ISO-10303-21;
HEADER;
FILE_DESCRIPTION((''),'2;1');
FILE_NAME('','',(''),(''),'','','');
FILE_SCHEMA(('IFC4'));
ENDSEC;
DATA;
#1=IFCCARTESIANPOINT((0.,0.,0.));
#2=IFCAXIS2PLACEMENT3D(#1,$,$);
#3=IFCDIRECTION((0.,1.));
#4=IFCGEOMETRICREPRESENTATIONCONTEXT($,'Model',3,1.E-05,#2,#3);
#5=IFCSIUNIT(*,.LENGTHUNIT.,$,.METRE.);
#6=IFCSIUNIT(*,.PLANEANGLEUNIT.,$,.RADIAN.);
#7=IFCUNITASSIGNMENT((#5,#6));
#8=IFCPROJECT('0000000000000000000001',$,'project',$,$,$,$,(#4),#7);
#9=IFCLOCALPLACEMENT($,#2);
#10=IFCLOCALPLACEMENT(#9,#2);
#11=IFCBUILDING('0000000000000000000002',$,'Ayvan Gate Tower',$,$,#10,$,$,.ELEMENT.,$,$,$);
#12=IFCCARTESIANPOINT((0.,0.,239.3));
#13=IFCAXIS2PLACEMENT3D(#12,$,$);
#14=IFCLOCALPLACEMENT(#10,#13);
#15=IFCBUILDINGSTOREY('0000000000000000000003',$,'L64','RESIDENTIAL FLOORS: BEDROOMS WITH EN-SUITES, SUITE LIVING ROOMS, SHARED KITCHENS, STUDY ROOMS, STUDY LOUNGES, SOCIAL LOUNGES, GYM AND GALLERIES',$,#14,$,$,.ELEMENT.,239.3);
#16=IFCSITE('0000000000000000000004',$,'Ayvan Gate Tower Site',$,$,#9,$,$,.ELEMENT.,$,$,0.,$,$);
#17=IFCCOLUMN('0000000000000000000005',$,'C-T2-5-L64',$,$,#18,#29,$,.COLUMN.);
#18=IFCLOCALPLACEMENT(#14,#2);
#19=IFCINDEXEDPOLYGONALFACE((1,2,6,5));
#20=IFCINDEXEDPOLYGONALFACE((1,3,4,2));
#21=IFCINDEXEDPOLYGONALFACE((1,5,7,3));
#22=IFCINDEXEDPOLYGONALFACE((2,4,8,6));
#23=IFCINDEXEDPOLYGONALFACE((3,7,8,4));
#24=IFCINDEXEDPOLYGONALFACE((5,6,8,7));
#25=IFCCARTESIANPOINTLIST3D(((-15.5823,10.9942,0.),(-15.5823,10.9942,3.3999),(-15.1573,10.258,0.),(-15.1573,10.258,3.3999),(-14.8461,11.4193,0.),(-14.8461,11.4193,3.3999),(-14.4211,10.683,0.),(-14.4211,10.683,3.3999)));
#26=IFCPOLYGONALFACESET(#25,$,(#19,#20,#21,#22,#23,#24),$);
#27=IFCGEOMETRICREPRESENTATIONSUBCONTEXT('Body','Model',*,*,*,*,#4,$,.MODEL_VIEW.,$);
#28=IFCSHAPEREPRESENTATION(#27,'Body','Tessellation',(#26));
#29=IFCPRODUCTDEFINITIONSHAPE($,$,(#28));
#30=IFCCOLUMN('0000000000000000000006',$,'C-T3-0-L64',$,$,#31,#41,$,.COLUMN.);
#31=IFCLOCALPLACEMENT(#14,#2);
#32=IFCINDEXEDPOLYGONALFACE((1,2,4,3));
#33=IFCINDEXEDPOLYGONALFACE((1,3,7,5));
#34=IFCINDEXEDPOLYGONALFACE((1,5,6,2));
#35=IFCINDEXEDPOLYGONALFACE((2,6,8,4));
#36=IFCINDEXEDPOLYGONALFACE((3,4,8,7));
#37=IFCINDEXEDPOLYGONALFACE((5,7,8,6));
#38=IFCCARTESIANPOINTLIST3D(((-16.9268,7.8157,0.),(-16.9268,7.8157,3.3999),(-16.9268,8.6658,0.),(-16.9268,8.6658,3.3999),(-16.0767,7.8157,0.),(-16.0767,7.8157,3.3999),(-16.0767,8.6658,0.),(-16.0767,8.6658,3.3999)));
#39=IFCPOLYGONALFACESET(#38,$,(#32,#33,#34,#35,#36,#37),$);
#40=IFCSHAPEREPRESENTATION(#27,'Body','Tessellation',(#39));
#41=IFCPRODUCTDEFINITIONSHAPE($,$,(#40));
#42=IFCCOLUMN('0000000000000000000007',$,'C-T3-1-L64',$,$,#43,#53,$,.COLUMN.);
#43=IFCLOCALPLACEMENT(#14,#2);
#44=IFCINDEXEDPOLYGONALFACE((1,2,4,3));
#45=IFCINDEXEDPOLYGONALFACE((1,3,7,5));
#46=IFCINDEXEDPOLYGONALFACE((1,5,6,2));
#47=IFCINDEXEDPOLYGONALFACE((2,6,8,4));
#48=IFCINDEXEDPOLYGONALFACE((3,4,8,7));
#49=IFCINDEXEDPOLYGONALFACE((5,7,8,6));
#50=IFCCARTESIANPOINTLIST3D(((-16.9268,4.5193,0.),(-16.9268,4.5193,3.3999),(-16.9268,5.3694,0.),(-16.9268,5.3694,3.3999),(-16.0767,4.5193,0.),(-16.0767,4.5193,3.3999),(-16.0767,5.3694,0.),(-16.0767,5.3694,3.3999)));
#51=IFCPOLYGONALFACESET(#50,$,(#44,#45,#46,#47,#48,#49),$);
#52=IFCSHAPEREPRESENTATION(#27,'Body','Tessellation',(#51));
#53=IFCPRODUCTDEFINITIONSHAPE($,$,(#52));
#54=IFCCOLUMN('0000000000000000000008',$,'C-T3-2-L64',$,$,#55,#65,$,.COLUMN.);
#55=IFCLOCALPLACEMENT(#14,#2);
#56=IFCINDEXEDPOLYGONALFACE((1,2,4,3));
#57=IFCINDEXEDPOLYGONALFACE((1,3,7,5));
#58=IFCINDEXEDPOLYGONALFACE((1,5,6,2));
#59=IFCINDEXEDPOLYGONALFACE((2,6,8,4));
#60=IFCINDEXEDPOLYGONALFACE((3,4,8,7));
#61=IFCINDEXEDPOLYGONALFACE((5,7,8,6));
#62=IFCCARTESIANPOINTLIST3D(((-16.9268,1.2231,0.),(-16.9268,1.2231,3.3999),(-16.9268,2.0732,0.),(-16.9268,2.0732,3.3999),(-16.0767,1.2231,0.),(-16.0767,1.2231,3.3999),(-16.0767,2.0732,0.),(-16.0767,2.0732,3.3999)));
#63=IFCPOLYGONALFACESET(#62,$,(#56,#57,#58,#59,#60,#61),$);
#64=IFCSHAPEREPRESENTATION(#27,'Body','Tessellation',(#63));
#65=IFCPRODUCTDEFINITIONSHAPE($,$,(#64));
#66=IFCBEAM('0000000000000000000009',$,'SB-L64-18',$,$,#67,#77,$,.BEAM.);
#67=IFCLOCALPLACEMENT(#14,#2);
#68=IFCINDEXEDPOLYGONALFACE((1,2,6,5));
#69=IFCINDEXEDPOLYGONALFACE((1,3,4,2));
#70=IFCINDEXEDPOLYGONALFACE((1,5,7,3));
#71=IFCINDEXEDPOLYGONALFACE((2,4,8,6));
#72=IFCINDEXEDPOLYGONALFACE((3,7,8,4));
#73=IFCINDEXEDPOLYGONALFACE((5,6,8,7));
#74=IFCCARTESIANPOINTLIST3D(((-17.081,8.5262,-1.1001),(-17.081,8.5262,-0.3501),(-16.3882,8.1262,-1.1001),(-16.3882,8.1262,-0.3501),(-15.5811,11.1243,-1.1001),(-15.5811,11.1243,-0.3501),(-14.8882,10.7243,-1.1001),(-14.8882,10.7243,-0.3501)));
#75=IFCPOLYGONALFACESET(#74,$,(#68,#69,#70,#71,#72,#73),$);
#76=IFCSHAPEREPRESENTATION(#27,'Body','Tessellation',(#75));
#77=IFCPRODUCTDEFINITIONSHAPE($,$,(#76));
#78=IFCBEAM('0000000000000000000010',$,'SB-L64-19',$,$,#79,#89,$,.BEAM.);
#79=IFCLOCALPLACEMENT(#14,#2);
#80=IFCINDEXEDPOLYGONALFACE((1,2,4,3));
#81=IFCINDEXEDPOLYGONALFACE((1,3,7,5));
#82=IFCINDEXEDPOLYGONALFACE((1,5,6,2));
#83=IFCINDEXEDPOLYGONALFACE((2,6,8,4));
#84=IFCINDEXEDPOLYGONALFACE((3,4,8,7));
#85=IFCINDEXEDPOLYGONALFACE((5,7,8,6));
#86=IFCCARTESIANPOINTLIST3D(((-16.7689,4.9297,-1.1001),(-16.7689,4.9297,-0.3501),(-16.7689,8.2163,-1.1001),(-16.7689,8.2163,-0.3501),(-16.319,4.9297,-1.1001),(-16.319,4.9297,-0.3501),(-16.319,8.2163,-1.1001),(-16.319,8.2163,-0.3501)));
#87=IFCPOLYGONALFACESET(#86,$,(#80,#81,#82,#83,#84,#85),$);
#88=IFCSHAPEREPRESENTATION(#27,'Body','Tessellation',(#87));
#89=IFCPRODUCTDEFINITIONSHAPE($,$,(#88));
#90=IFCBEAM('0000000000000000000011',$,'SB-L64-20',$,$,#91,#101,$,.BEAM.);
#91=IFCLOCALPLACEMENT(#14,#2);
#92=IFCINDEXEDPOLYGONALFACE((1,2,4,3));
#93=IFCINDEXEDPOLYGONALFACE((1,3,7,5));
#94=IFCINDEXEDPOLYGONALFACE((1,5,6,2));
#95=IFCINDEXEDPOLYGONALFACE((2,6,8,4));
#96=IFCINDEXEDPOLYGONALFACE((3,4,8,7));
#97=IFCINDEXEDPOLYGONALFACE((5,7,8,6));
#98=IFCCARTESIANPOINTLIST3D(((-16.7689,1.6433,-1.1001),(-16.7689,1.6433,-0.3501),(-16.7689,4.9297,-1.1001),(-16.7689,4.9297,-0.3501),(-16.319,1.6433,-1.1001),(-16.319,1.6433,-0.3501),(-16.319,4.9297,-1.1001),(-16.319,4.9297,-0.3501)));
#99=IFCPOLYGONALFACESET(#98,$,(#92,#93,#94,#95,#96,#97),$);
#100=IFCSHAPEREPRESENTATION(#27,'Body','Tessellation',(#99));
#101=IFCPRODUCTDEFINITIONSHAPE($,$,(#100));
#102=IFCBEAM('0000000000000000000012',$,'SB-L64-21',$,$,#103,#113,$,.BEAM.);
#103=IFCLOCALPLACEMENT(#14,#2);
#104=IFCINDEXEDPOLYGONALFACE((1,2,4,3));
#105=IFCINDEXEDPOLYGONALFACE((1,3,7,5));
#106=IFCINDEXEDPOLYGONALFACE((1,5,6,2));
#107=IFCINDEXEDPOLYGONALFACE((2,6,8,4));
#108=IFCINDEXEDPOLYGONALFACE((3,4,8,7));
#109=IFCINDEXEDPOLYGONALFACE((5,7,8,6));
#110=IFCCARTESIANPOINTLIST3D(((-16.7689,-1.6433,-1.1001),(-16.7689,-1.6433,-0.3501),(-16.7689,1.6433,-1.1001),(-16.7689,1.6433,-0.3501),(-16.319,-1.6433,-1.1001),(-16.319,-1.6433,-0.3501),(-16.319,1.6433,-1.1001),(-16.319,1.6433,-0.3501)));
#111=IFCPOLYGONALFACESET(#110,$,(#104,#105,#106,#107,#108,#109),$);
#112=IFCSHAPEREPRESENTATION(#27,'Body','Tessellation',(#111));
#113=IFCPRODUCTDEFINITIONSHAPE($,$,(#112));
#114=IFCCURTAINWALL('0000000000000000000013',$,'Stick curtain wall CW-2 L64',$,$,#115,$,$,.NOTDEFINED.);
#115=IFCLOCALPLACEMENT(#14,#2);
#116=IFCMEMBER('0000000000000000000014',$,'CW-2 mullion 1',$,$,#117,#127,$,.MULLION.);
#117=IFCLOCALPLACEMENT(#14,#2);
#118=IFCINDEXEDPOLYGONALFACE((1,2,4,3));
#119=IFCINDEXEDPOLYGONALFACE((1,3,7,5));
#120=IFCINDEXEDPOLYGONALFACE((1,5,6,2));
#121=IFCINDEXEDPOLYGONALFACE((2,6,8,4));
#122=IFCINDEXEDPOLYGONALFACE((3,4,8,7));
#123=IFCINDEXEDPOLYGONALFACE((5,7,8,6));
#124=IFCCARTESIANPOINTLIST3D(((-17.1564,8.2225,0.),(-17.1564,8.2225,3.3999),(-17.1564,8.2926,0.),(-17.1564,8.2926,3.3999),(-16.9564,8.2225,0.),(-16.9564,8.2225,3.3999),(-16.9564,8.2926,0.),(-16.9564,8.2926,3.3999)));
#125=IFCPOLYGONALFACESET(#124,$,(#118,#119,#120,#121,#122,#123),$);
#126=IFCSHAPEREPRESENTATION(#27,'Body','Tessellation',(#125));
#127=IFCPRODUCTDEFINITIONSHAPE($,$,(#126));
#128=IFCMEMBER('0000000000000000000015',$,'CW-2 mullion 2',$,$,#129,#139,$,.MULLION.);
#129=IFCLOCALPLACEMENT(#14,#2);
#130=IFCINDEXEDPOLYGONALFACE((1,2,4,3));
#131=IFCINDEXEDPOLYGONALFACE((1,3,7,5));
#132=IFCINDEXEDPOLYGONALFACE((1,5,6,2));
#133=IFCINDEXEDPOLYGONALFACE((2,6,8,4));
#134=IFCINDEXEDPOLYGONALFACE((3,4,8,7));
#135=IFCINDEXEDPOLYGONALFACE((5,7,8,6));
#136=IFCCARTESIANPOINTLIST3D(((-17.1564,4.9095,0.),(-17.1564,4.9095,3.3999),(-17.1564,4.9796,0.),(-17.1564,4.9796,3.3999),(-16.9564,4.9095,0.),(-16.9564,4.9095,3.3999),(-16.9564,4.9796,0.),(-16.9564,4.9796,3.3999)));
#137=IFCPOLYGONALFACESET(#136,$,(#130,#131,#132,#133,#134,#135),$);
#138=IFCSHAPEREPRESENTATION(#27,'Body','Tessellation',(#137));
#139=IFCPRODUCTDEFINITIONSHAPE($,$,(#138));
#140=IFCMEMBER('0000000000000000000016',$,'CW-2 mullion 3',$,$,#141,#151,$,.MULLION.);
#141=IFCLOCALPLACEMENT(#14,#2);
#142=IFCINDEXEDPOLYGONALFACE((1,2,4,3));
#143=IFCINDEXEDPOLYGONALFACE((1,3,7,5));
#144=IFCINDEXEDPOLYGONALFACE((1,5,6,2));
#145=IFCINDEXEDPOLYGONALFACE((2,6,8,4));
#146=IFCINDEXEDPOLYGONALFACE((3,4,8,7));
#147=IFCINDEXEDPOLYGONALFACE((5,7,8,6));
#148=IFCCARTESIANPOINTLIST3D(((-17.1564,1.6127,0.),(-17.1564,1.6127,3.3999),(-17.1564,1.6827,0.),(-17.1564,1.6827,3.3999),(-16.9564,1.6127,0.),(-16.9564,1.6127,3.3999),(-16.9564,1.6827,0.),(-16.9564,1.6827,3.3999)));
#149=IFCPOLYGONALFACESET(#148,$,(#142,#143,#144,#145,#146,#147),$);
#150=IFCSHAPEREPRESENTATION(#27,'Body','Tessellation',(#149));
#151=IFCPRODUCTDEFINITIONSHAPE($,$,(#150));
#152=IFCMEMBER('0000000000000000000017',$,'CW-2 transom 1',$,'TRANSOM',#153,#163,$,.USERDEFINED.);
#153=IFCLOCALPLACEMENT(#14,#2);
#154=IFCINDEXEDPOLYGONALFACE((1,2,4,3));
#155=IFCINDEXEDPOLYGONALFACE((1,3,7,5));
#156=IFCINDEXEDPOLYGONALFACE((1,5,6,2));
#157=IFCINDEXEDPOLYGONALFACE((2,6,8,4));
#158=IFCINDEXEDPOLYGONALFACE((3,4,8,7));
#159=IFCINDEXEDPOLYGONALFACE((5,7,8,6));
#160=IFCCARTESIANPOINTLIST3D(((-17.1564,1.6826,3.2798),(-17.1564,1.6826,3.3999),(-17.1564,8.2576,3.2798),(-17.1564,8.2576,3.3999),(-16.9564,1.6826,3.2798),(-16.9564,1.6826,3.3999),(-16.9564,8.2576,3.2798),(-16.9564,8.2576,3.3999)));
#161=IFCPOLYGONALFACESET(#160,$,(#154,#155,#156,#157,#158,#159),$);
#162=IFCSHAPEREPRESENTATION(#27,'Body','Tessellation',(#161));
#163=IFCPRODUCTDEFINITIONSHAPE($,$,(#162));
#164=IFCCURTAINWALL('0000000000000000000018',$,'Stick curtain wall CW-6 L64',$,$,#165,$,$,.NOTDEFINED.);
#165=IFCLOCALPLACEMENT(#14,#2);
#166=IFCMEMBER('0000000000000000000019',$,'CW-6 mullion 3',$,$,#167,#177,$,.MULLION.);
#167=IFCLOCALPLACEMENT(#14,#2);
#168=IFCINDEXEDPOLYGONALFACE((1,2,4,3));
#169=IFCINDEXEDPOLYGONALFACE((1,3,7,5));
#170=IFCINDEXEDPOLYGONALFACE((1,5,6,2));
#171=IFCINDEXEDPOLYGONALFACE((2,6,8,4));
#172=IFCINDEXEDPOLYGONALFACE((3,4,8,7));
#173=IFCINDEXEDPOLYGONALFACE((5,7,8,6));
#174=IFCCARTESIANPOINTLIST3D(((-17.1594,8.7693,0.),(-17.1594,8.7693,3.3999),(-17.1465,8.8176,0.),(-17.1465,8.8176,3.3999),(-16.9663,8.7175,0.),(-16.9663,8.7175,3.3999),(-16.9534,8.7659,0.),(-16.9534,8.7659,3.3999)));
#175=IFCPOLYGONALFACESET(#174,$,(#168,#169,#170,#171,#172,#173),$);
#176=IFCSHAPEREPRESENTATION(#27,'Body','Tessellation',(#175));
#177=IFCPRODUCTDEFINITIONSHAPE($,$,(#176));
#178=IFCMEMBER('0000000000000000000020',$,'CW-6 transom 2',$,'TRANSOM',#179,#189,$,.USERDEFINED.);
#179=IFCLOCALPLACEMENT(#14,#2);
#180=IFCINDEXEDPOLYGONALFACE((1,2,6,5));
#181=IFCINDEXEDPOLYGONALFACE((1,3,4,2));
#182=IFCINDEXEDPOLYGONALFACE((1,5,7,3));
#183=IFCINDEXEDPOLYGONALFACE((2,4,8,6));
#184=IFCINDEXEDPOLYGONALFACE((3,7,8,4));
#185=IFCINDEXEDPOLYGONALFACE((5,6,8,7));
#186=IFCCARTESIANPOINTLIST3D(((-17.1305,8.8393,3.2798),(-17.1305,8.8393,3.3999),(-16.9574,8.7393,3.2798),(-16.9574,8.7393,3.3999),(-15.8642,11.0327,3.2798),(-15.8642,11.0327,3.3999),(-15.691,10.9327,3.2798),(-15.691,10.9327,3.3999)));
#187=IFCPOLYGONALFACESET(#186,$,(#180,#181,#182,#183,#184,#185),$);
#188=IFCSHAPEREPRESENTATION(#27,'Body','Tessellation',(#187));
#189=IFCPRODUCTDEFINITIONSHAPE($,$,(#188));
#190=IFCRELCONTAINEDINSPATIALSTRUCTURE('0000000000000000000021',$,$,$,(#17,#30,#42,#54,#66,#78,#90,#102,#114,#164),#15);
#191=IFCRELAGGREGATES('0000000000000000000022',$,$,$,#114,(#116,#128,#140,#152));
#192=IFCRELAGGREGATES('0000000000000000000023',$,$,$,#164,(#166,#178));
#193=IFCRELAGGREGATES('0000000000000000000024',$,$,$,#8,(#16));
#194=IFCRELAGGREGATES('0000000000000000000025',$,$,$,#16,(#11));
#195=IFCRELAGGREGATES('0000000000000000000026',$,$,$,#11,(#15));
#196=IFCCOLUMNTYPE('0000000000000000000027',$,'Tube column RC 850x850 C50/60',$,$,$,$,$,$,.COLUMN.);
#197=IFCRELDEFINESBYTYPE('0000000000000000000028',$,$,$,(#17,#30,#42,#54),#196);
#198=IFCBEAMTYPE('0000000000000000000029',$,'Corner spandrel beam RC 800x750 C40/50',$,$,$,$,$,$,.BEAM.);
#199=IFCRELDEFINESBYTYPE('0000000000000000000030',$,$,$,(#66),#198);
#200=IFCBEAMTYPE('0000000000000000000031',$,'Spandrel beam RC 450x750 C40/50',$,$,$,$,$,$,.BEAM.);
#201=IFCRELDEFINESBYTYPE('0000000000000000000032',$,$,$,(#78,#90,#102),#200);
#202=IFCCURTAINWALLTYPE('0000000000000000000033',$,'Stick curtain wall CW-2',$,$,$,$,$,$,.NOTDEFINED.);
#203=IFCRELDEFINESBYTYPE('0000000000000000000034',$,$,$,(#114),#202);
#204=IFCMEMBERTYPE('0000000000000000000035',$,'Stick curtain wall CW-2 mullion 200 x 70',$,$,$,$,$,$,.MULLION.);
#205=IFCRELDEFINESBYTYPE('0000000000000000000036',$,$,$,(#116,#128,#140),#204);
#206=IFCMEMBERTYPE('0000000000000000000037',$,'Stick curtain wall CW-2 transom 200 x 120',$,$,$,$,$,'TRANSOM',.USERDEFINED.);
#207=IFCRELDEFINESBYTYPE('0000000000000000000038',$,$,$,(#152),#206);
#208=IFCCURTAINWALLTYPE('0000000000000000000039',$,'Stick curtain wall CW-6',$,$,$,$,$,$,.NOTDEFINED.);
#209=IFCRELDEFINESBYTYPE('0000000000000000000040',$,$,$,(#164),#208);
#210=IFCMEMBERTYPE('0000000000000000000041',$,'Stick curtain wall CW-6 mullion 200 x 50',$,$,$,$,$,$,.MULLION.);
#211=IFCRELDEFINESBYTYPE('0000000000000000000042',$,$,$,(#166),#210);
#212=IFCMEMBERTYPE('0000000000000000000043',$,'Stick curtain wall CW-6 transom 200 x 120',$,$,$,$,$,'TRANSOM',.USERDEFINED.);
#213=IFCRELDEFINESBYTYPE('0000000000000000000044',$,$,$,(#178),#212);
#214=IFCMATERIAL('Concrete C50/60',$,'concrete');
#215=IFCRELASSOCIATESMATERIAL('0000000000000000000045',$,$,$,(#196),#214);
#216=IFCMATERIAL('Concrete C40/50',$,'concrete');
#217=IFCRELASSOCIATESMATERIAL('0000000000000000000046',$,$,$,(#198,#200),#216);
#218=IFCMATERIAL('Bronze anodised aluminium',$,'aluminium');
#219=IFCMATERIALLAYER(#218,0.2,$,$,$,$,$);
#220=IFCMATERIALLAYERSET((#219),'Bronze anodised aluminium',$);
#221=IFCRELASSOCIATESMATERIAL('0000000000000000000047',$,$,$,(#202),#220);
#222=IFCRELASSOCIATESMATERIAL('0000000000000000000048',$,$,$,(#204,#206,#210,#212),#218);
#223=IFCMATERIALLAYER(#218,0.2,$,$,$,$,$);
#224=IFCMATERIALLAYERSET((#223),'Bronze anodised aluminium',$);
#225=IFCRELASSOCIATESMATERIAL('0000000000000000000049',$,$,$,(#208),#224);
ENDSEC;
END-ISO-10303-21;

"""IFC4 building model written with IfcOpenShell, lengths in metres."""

from ifc_helpers import new_model, si_unit, direction, frame, origin, origin_2d, place, context, subcontext, project, spatial, rectangle, extrude, material, layer, layer_set, material_profile, profile_set, type_object, element, aggregate, save


model = new_model("IFC4")

# Units and contexts
model_context = context("Model", 3, precision=1e-05, world=origin(), true_north=direction((0.0, 1.0)))
body_context = subcontext(model_context, "Body", "Model", "MODEL_VIEW")
ifc_project = project(units=[si_unit("LENGTHUNIT", "METRE"), si_unit("PLANEANGLEUNIT", "RADIAN")], contexts=[model_context])

# Site, building, storey
site_placement = place(None, origin())
site = spatial("IfcSite", under=ifc_project, at=site_placement, Name="Ayvan Gate Tower Site", CompositionType="ELEMENT", RefElevation=0.0)
building_placement = place(site_placement, origin())
building = spatial("IfcBuilding", under=site, at=building_placement, Name="Ayvan Gate Tower", CompositionType="ELEMENT")
storey_placement = place(building_placement, frame((0.0, 0.0, 239.3)))
storey = spatial("IfcBuildingStorey", under=building, at=storey_placement, Name="L64", Description="RESIDENTIAL FLOORS: BEDROOMS WITH EN-SUITES, SUITE LIVING ROOMS, SHARED KITCHENS, STUDY ROOMS, STUDY LOUNGES, SOCIAL LOUNGES, GYM AND GALLERIES", CompositionType="ELEMENT", Elevation=239.3)

# Columns
ifc_material_1 = material(Name="Concrete C50/60", Category="concrete")
ifc_material_profile_1 = material_profile(ifc_material_1, rectangle(XDim=0.8501, YDim=0.8501, at=origin_2d()), Name="RC 850x850")
ifc_profile_set_1 = profile_set([ifc_material_profile_1], Name="Concrete C50/60")
column_type = type_object("IfcColumnType", Name="Tube column RC 850x850 C50/60", PredefinedType="COLUMN", material=ifc_profile_set_1)
for number, where, z_axis, x_axis, name in (
    (1, (-15.0017, 10.8386, 0.0), (0.0, 0.0, 1.0), (-0.5, 0.866025, 0.0), "C-T2-5-L64"),
    (2, (-16.5017, 8.2407, 0.0), (0.0, 0.0, 1.0), (-1.0, 0.0, 0.0), "C-T3-0-L64"),
    (3, (-16.5017, 4.9443, 0.0), (0.0, 0.0, 1.0), (-1.0, 0.0, 0.0), "C-T3-1-L64"),
    (4, (-16.5017, 1.6482, 0.0), (0.0, 0.0, 1.0), (-1.0, 0.0, 0.0), "C-T3-2-L64"),
):
    element("IfcColumn", number, at=place(storey_placement, frame(where, z_axis=z_axis, x_axis=x_axis)), inside=storey, type_object=column_type, Name=name, PredefinedType="COLUMN", context=body_context, shape_type="SweptSolid", body=[
        extrude(rectangle(XDim=0.8501, YDim=0.8501, at=origin_2d()), origin(), (0.0, 0.0, 1.0), 3.3999),
    ])

# Beams
ifc_material_2 = material(Name="Concrete C40/50", Category="concrete")
ifc_material_profile_2 = material_profile(ifc_material_2, rectangle(XDim=0.8, YDim=0.75, at=origin_2d()), Name="RC 800x750")
ifc_profile_set_2 = profile_set([ifc_material_profile_2], Name="Concrete C40/50")
beam_type_1 = type_object("IfcBeamType", Name="Corner spandrel beam RC 800x750 C40/50", PredefinedType="BEAM", material=ifc_profile_set_2)
beam_1_placement = place(storey_placement, frame((-15.2346, 10.9243, -0.7251), z_axis=(-0.49999, -0.866031, 0.0), x_axis=(0.866031, -0.49999, 0.0)))
element("IfcBeam", 5, at=beam_1_placement, inside=storey, type_object=beam_type_1, Name="SB-L64-18", PredefinedType="BEAM", context=body_context, shape_type="SweptSolid", body=[
    extrude(rectangle(XDim=0.8, YDim=0.75, at=origin_2d()), origin(), (0.0, 0.0, 1.0), 3.0),
])
ifc_material_profile_3 = material_profile(ifc_material_2, rectangle(XDim=0.45, YDim=0.75, at=origin_2d()), Name="RC 450x750")
ifc_profile_set_3 = profile_set([ifc_material_profile_3], Name="Concrete C40/50")
beam_type_2 = type_object("IfcBeamType", Name="Spandrel beam RC 450x750 C40/50", PredefinedType="BEAM", material=ifc_profile_set_3)
beam_2_placement = place(storey_placement, frame((-16.5439, 8.2163, -0.7251), z_axis=(0.0, -1.0, 0.0), x_axis=(1.0, 0.0, 0.0)))
element("IfcBeam", 6, at=beam_2_placement, inside=storey, type_object=beam_type_2, Name="SB-L64-19", PredefinedType="BEAM", context=body_context, shape_type="SweptSolid", body=[
    extrude(rectangle(XDim=0.45, YDim=0.75, at=origin_2d()), origin(), (0.0, 0.0, 1.0), 3.2866),
])
beam_3_placement = place(storey_placement, frame((-16.5439, 4.9297, -0.7251), z_axis=(0.0, -1.0, 0.0), x_axis=(1.0, 0.0, 0.0)))
element("IfcBeam", 7, at=beam_3_placement, inside=storey, type_object=beam_type_2, Name="SB-L64-20", PredefinedType="BEAM", context=body_context, shape_type="SweptSolid", body=[
    extrude(rectangle(XDim=0.45, YDim=0.75, at=origin_2d()), origin(), (0.0, 0.0, 1.0), 3.2864),
])
beam_4_placement = place(storey_placement, frame((-16.5439, 1.6433, -0.7251), z_axis=(0.0, -1.0, 0.0), x_axis=(1.0, 0.0, 0.0)))
element("IfcBeam", 8, at=beam_4_placement, inside=storey, type_object=beam_type_2, Name="SB-L64-21", PredefinedType="BEAM", context=body_context, shape_type="SweptSolid", body=[
    extrude(rectangle(XDim=0.45, YDim=0.75, at=origin_2d()), origin(), (0.0, 0.0, 1.0), 3.2866),
])

# Curtain walls, members
ifc_material_3 = material(Name="Bronze anodised aluminium", Category="aluminium")
ifc_layer_1 = layer(ifc_material_3, 0.2)
ifc_layer_set_1 = layer_set([ifc_layer_1], Name="Bronze anodised aluminium")
curtain_wall_type_1 = type_object("IfcCurtainWallType", Name="Stick curtain wall CW-2", PredefinedType="NOTDEFINED", material=ifc_layer_set_1)
curtain_wall_1_placement = place(storey_placement, origin())
curtain_wall_1 = element("IfcCurtainWall", 9, at=curtain_wall_1_placement, inside=storey, type_object=curtain_wall_type_1, Name="Stick curtain wall CW-2 L64", PredefinedType="NOTDEFINED")
ifc_material_profile_4 = material_profile(ifc_material_3, rectangle(XDim=0.2, YDim=0.0701, at=origin_2d()), Name="Stick curtain wall CW-2 mullion 200 x 70")
ifc_profile_set_4 = profile_set([ifc_material_profile_4], Name="Bronze anodised aluminium")
member_type_1 = type_object("IfcMemberType", Name="Stick curtain wall CW-2 mullion 200 x 70", PredefinedType="MULLION", material=ifc_profile_set_4)
member_1_placement = place(storey_placement, frame((-17.0564, 8.2576, 0.0), z_axis=(0.0, 0.0, 1.0), x_axis=(-1.0, 0.0, 0.0)))
member_1 = element("IfcMember", 10, at=member_1_placement, type_object=member_type_1, Name="CW-2 mullion 1", PredefinedType="MULLION", context=body_context, shape_type="SweptSolid", body=[
    extrude(rectangle(XDim=0.2, YDim=0.0701, at=origin_2d()), origin(), (0.0, 0.0, 1.0), 3.3999),
])
member_2_placement = place(storey_placement, frame((-17.0564, 4.9446, 0.0), z_axis=(0.0, 0.0, 1.0), x_axis=(-1.0, 0.0, 0.0)))
member_2 = element("IfcMember", 11, at=member_2_placement, type_object=member_type_1, Name="CW-2 mullion 2", PredefinedType="MULLION", context=body_context, shape_type="SweptSolid", body=[
    extrude(rectangle(XDim=0.2, YDim=0.0701, at=origin_2d()), origin(), (0.0, 0.0, 1.0), 3.3999),
])
member_3_placement = place(storey_placement, frame((-17.0564, 1.6477, 0.0), z_axis=(0.0, 0.0, 1.0), x_axis=(-1.0, 0.0, 0.0)))
member_3 = element("IfcMember", 12, at=member_3_placement, type_object=member_type_1, Name="CW-2 mullion 3", PredefinedType="MULLION", context=body_context, shape_type="SweptSolid", body=[
    extrude(rectangle(XDim=0.2, YDim=0.0701, at=origin_2d()), origin(), (0.0, 0.0, 1.0), 3.3999),
])
ifc_material_profile_5 = material_profile(ifc_material_3, rectangle(XDim=0.2, YDim=0.1201, at=origin_2d()), Name="Stick curtain wall CW-2 transom 200 x 120")
ifc_profile_set_5 = profile_set([ifc_material_profile_5], Name="Bronze anodised aluminium")
member_type_2 = type_object("IfcMemberType", Name="Stick curtain wall CW-2 transom 200 x 120", ElementType="TRANSOM", PredefinedType="USERDEFINED", material=ifc_profile_set_5)
member_4_placement = place(storey_placement, frame((-17.0564, 8.2576, 3.3398), z_axis=(0.0, -1.0, 0.0), x_axis=(1.0, 0.0, 0.0)))
member_4 = element("IfcMember", 13, at=member_4_placement, type_object=member_type_2, Name="CW-2 transom 1", ObjectType="TRANSOM", PredefinedType="USERDEFINED", context=body_context, shape_type="SweptSolid", body=[
    extrude(rectangle(XDim=0.2, YDim=0.1201, at=origin_2d()), origin(), (0.0, 0.0, 1.0), 6.575),
])
ifc_layer_2 = layer(ifc_material_3, 0.2)
ifc_layer_set_2 = layer_set([ifc_layer_2], Name="Bronze anodised aluminium")
curtain_wall_type_2 = type_object("IfcCurtainWallType", Name="Stick curtain wall CW-6", PredefinedType="NOTDEFINED", material=ifc_layer_set_2)
curtain_wall_2_placement = place(storey_placement, origin())
curtain_wall_2 = element("IfcCurtainWall", 14, at=curtain_wall_2_placement, inside=storey, type_object=curtain_wall_type_2, Name="Stick curtain wall CW-6 L64", PredefinedType="NOTDEFINED")
ifc_material_profile_6 = material_profile(ifc_material_3, rectangle(XDim=0.2, YDim=0.05, at=origin_2d()), Name="Stick curtain wall CW-6 mullion 200 x 50")
ifc_profile_set_6 = profile_set([ifc_material_profile_6], Name="Bronze anodised aluminium")
member_type_3 = type_object("IfcMemberType", Name="Stick curtain wall CW-6 mullion 200 x 50", PredefinedType="MULLION", material=ifc_profile_set_6)
member_5_placement = place(storey_placement, frame((-17.0564, 8.7676, 0.0), z_axis=(0.0, 0.0, 1.0), x_axis=(-0.965926, 0.258819, 0.0)))
member_5 = element("IfcMember", 15, at=member_5_placement, type_object=member_type_3, Name="CW-6 mullion 3", PredefinedType="MULLION", context=body_context, shape_type="SweptSolid", body=[
    extrude(rectangle(XDim=0.2, YDim=0.05, at=origin_2d()), origin(), (0.0, 0.0, 1.0), 3.3999),
])
ifc_material_profile_7 = material_profile(ifc_material_3, rectangle(XDim=0.2, YDim=0.1201, at=origin_2d()), Name="Stick curtain wall CW-6 transom 200 x 120")
ifc_profile_set_7 = profile_set([ifc_material_profile_7], Name="Bronze anodised aluminium")
member_type_4 = type_object("IfcMemberType", Name="Stick curtain wall CW-6 transom 200 x 120", ElementType="TRANSOM", PredefinedType="USERDEFINED", material=ifc_profile_set_7)
member_6_placement = place(storey_placement, frame((-15.7776, 10.9827, 3.3398), z_axis=(-0.500006, -0.866022, 0.0), x_axis=(0.866022, -0.500006, 0.0)))
member_6 = element("IfcMember", 16, at=member_6_placement, type_object=member_type_4, Name="CW-6 transom 2", ObjectType="TRANSOM", PredefinedType="USERDEFINED", context=body_context, shape_type="SweptSolid", body=[
    extrude(rectangle(XDim=0.2, YDim=0.1201, at=origin_2d()), origin(), (0.0, 0.0, 1.0), 2.5327),
])

aggregate(curtain_wall_1, [member_1, member_2, member_3, member_4])
aggregate(curtain_wall_2, [member_5, member_6])

save(model, "model.ifc")
